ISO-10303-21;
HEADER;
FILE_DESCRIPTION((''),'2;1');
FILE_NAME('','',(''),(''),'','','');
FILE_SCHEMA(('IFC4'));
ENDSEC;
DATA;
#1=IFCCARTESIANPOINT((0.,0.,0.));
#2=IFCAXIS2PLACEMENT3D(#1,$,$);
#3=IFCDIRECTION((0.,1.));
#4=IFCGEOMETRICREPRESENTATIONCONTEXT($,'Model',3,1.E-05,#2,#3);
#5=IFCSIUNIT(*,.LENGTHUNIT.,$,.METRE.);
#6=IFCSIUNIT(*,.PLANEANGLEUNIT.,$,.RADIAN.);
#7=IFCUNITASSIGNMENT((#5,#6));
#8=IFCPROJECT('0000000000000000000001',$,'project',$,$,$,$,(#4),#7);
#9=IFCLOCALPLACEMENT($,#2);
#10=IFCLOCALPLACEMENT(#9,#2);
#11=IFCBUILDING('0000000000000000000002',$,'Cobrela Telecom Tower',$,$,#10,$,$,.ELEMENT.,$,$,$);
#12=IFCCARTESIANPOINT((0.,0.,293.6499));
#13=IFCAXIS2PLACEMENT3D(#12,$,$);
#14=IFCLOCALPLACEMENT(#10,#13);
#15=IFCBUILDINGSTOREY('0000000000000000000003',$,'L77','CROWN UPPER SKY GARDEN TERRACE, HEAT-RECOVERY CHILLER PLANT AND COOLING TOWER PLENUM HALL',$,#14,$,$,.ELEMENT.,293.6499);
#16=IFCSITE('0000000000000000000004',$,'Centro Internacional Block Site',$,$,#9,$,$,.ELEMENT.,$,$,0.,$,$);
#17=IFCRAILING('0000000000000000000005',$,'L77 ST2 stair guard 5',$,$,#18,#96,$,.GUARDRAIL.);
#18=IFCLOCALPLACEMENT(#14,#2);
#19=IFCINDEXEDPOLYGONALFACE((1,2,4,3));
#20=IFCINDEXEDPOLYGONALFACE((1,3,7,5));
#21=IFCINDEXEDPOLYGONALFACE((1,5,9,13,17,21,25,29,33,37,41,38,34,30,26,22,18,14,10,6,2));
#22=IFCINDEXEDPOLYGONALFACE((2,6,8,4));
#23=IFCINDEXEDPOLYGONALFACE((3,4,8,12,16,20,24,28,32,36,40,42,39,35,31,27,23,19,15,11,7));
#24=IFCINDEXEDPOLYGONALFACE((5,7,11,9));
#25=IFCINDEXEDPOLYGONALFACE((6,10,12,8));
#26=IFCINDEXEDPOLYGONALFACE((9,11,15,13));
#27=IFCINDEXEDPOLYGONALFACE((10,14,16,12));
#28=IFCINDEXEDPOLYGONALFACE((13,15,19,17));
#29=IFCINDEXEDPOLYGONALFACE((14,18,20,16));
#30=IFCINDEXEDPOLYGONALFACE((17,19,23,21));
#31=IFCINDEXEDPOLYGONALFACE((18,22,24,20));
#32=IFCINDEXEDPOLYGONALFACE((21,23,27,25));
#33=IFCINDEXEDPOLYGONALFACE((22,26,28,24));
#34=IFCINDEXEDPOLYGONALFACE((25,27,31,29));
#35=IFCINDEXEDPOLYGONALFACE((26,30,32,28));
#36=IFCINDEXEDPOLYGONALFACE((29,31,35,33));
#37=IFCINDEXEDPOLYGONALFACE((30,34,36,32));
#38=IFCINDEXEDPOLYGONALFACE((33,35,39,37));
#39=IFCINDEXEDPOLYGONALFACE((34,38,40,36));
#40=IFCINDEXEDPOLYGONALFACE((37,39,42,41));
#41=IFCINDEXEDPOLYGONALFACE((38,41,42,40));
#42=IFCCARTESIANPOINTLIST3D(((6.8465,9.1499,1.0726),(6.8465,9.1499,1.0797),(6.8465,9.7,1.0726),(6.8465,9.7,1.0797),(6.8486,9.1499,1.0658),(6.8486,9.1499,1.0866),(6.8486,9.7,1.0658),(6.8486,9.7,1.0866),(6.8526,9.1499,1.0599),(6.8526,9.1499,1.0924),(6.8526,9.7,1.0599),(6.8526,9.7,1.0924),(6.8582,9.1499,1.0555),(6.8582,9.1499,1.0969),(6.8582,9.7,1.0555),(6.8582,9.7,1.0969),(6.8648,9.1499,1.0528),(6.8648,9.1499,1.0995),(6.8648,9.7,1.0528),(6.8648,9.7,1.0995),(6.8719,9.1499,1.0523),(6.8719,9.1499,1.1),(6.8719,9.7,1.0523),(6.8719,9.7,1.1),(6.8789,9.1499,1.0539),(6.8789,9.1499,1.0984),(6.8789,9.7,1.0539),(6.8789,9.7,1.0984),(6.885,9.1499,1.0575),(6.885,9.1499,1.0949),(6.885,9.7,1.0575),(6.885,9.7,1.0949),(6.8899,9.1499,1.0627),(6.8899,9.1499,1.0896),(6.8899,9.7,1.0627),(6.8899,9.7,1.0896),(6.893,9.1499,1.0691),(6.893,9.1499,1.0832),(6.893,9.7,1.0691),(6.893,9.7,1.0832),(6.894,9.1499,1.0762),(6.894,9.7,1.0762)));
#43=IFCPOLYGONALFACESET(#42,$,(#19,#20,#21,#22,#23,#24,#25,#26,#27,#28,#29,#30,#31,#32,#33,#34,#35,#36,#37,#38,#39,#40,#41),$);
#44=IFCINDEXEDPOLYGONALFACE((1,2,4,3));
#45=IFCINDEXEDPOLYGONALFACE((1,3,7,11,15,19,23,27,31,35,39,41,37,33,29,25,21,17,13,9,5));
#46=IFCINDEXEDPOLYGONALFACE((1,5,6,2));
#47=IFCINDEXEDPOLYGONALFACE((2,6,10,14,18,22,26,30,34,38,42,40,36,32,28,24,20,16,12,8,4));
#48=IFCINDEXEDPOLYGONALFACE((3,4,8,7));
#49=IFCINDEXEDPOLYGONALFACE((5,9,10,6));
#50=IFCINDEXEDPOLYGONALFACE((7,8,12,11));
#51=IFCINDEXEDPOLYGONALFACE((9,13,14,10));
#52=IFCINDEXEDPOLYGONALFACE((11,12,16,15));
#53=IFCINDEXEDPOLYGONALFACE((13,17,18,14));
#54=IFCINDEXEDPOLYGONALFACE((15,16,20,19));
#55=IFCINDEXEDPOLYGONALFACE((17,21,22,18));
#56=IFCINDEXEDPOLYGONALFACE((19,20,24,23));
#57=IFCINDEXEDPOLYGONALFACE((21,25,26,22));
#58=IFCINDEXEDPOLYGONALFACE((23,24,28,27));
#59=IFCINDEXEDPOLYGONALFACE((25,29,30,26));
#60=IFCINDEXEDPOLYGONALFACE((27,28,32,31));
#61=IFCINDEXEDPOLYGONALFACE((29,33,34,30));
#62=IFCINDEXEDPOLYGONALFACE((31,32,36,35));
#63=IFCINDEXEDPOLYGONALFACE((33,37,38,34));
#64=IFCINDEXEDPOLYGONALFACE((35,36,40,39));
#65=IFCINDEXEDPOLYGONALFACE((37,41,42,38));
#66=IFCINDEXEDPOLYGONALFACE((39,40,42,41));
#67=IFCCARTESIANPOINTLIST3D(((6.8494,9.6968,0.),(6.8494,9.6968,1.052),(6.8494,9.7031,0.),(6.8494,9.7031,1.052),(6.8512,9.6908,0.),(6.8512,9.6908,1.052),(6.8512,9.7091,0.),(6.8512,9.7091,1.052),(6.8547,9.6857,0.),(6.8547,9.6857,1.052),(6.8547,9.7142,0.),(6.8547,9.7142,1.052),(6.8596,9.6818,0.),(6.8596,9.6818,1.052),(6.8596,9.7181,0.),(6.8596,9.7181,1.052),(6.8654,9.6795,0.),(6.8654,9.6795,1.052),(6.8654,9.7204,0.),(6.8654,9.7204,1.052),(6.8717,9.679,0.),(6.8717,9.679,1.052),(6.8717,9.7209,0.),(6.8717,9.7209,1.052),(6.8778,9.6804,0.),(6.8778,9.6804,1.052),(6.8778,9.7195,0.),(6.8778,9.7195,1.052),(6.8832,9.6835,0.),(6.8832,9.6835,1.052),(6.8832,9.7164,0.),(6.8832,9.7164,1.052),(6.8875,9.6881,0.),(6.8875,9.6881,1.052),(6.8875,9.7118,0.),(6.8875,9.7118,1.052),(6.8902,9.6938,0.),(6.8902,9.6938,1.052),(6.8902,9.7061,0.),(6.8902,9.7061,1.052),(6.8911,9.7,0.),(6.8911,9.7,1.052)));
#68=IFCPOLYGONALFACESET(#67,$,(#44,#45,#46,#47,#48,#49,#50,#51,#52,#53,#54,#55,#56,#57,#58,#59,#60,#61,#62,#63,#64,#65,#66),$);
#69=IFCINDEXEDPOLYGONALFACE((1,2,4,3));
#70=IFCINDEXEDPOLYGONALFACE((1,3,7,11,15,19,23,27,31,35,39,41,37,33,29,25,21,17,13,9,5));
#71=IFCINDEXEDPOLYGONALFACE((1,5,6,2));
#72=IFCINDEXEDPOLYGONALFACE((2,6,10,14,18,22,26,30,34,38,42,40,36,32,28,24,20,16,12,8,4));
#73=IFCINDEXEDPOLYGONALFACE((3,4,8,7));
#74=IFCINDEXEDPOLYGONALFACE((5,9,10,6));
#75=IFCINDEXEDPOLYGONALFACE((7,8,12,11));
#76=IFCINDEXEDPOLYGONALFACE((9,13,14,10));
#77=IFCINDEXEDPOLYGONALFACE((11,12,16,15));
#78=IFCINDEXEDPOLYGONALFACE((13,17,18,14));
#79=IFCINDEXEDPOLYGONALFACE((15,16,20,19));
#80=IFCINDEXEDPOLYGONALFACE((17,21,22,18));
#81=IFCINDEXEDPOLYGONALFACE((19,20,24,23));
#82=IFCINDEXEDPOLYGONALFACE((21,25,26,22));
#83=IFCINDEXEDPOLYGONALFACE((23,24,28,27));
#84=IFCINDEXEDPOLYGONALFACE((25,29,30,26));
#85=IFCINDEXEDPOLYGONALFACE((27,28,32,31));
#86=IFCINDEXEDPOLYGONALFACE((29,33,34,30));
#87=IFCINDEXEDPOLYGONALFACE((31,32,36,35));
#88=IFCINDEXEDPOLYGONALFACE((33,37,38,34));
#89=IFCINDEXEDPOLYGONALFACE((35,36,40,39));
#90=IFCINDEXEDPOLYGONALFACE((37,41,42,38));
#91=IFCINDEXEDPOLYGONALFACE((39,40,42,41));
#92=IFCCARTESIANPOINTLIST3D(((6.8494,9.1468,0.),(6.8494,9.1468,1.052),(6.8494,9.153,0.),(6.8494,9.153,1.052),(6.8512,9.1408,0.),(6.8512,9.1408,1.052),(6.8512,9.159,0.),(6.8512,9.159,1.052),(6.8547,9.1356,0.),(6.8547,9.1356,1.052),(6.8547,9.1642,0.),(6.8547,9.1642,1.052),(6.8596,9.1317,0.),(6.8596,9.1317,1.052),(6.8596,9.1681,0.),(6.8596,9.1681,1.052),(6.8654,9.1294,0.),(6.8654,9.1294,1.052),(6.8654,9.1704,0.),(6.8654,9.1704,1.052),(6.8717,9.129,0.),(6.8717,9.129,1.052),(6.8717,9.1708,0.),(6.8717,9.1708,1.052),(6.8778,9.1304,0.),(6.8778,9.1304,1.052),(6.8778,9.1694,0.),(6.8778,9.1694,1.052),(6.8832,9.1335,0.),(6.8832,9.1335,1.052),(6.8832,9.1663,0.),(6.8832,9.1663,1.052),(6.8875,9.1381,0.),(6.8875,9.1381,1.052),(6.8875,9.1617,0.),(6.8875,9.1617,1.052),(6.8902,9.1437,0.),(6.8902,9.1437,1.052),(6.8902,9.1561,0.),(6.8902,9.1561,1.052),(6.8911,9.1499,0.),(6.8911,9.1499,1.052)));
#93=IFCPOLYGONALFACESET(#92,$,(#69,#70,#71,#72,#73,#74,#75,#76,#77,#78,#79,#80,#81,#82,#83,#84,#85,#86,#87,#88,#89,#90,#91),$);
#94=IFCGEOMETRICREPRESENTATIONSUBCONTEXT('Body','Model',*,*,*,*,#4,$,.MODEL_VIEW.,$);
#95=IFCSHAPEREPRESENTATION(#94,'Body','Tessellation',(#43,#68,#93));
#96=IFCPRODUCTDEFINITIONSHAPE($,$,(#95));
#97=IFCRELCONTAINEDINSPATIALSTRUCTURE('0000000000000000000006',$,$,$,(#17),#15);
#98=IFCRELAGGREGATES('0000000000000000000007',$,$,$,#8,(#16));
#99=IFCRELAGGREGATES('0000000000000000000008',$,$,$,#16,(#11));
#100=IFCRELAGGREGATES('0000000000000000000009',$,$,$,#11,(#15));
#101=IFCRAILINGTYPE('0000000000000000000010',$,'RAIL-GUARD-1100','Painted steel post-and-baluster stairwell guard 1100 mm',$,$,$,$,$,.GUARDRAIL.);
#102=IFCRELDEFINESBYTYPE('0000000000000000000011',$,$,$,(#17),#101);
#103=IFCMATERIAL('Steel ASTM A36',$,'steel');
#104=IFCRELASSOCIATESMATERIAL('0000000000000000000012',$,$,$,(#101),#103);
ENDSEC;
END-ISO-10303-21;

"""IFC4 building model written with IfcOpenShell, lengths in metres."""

from ifc_helpers import new_model, si_unit, direction, frame, origin, origin_2d, place, context, subcontext, project, spatial, circle, extrude, material, type_object, element, save


model = new_model("IFC4")

# Units and contexts
model_context = context("Model", 3, precision=1e-05, world=origin(), true_north=direction((0.0, 1.0)))
body_context = subcontext(model_context, "Body", "Model", "MODEL_VIEW")
ifc_project = project(units=[si_unit("LENGTHUNIT", "METRE"), si_unit("PLANEANGLEUNIT", "RADIAN")], contexts=[model_context])

# Site, building, storey
site_placement = place(None, origin())
site = spatial("IfcSite", under=ifc_project, at=site_placement, Name="Centro Internacional Block Site", CompositionType="ELEMENT", RefElevation=0.0)
building_placement = place(site_placement, origin())
building = spatial("IfcBuilding", under=site, at=building_placement, Name="Cobrela Telecom Tower", CompositionType="ELEMENT")
storey_placement = place(building_placement, frame((0.0, 0.0, 293.6499)))
storey = spatial("IfcBuildingStorey", under=building, at=storey_placement, Name="L77", Description="CROWN UPPER SKY GARDEN TERRACE, HEAT-RECOVERY CHILLER PLANT AND COOLING TOWER PLENUM HALL", CompositionType="ELEMENT", Elevation=293.6499)

# Shared definitions
ifc_material_1 = material(Name="Steel ASTM A36", Category="steel")

# Railing
railing_type_1 = type_object("IfcRailingType", Name="RAIL-GUARD-1100", Description="Painted steel post-and-baluster stairwell guard 1100 mm", PredefinedType="GUARDRAIL", material=ifc_material_1)
railing_1_placement = place(storey_placement, frame((6.8701, 9.7, 0.0)))
element("IfcRailing", 1, at=railing_1_placement, inside=storey, type_object=railing_type_1, Name="L77 ST2 stair guard 5", PredefinedType="GUARDRAIL", context=body_context, shape_type="SweptSolid", body=[
    extrude(circle(Radius=0.0239, at=origin_2d()), frame((0.0, 0.0, 1.0762), z_axis=(0.0, -1.0, 0.0), x_axis=(1.0, 0.0, 0.0)), (0.0, 0.0, 1.0), 0.55),
    extrude(circle(Radius=0.021, at=origin_2d()), origin(), (0.0, 0.0, 1.0), 1.052),
    extrude(circle(Radius=0.021, at=origin_2d()), frame((0.0, -0.55, 0.0)), (0.0, 0.0, 1.0), 1.052),
])

save(model, "model.ifc")
